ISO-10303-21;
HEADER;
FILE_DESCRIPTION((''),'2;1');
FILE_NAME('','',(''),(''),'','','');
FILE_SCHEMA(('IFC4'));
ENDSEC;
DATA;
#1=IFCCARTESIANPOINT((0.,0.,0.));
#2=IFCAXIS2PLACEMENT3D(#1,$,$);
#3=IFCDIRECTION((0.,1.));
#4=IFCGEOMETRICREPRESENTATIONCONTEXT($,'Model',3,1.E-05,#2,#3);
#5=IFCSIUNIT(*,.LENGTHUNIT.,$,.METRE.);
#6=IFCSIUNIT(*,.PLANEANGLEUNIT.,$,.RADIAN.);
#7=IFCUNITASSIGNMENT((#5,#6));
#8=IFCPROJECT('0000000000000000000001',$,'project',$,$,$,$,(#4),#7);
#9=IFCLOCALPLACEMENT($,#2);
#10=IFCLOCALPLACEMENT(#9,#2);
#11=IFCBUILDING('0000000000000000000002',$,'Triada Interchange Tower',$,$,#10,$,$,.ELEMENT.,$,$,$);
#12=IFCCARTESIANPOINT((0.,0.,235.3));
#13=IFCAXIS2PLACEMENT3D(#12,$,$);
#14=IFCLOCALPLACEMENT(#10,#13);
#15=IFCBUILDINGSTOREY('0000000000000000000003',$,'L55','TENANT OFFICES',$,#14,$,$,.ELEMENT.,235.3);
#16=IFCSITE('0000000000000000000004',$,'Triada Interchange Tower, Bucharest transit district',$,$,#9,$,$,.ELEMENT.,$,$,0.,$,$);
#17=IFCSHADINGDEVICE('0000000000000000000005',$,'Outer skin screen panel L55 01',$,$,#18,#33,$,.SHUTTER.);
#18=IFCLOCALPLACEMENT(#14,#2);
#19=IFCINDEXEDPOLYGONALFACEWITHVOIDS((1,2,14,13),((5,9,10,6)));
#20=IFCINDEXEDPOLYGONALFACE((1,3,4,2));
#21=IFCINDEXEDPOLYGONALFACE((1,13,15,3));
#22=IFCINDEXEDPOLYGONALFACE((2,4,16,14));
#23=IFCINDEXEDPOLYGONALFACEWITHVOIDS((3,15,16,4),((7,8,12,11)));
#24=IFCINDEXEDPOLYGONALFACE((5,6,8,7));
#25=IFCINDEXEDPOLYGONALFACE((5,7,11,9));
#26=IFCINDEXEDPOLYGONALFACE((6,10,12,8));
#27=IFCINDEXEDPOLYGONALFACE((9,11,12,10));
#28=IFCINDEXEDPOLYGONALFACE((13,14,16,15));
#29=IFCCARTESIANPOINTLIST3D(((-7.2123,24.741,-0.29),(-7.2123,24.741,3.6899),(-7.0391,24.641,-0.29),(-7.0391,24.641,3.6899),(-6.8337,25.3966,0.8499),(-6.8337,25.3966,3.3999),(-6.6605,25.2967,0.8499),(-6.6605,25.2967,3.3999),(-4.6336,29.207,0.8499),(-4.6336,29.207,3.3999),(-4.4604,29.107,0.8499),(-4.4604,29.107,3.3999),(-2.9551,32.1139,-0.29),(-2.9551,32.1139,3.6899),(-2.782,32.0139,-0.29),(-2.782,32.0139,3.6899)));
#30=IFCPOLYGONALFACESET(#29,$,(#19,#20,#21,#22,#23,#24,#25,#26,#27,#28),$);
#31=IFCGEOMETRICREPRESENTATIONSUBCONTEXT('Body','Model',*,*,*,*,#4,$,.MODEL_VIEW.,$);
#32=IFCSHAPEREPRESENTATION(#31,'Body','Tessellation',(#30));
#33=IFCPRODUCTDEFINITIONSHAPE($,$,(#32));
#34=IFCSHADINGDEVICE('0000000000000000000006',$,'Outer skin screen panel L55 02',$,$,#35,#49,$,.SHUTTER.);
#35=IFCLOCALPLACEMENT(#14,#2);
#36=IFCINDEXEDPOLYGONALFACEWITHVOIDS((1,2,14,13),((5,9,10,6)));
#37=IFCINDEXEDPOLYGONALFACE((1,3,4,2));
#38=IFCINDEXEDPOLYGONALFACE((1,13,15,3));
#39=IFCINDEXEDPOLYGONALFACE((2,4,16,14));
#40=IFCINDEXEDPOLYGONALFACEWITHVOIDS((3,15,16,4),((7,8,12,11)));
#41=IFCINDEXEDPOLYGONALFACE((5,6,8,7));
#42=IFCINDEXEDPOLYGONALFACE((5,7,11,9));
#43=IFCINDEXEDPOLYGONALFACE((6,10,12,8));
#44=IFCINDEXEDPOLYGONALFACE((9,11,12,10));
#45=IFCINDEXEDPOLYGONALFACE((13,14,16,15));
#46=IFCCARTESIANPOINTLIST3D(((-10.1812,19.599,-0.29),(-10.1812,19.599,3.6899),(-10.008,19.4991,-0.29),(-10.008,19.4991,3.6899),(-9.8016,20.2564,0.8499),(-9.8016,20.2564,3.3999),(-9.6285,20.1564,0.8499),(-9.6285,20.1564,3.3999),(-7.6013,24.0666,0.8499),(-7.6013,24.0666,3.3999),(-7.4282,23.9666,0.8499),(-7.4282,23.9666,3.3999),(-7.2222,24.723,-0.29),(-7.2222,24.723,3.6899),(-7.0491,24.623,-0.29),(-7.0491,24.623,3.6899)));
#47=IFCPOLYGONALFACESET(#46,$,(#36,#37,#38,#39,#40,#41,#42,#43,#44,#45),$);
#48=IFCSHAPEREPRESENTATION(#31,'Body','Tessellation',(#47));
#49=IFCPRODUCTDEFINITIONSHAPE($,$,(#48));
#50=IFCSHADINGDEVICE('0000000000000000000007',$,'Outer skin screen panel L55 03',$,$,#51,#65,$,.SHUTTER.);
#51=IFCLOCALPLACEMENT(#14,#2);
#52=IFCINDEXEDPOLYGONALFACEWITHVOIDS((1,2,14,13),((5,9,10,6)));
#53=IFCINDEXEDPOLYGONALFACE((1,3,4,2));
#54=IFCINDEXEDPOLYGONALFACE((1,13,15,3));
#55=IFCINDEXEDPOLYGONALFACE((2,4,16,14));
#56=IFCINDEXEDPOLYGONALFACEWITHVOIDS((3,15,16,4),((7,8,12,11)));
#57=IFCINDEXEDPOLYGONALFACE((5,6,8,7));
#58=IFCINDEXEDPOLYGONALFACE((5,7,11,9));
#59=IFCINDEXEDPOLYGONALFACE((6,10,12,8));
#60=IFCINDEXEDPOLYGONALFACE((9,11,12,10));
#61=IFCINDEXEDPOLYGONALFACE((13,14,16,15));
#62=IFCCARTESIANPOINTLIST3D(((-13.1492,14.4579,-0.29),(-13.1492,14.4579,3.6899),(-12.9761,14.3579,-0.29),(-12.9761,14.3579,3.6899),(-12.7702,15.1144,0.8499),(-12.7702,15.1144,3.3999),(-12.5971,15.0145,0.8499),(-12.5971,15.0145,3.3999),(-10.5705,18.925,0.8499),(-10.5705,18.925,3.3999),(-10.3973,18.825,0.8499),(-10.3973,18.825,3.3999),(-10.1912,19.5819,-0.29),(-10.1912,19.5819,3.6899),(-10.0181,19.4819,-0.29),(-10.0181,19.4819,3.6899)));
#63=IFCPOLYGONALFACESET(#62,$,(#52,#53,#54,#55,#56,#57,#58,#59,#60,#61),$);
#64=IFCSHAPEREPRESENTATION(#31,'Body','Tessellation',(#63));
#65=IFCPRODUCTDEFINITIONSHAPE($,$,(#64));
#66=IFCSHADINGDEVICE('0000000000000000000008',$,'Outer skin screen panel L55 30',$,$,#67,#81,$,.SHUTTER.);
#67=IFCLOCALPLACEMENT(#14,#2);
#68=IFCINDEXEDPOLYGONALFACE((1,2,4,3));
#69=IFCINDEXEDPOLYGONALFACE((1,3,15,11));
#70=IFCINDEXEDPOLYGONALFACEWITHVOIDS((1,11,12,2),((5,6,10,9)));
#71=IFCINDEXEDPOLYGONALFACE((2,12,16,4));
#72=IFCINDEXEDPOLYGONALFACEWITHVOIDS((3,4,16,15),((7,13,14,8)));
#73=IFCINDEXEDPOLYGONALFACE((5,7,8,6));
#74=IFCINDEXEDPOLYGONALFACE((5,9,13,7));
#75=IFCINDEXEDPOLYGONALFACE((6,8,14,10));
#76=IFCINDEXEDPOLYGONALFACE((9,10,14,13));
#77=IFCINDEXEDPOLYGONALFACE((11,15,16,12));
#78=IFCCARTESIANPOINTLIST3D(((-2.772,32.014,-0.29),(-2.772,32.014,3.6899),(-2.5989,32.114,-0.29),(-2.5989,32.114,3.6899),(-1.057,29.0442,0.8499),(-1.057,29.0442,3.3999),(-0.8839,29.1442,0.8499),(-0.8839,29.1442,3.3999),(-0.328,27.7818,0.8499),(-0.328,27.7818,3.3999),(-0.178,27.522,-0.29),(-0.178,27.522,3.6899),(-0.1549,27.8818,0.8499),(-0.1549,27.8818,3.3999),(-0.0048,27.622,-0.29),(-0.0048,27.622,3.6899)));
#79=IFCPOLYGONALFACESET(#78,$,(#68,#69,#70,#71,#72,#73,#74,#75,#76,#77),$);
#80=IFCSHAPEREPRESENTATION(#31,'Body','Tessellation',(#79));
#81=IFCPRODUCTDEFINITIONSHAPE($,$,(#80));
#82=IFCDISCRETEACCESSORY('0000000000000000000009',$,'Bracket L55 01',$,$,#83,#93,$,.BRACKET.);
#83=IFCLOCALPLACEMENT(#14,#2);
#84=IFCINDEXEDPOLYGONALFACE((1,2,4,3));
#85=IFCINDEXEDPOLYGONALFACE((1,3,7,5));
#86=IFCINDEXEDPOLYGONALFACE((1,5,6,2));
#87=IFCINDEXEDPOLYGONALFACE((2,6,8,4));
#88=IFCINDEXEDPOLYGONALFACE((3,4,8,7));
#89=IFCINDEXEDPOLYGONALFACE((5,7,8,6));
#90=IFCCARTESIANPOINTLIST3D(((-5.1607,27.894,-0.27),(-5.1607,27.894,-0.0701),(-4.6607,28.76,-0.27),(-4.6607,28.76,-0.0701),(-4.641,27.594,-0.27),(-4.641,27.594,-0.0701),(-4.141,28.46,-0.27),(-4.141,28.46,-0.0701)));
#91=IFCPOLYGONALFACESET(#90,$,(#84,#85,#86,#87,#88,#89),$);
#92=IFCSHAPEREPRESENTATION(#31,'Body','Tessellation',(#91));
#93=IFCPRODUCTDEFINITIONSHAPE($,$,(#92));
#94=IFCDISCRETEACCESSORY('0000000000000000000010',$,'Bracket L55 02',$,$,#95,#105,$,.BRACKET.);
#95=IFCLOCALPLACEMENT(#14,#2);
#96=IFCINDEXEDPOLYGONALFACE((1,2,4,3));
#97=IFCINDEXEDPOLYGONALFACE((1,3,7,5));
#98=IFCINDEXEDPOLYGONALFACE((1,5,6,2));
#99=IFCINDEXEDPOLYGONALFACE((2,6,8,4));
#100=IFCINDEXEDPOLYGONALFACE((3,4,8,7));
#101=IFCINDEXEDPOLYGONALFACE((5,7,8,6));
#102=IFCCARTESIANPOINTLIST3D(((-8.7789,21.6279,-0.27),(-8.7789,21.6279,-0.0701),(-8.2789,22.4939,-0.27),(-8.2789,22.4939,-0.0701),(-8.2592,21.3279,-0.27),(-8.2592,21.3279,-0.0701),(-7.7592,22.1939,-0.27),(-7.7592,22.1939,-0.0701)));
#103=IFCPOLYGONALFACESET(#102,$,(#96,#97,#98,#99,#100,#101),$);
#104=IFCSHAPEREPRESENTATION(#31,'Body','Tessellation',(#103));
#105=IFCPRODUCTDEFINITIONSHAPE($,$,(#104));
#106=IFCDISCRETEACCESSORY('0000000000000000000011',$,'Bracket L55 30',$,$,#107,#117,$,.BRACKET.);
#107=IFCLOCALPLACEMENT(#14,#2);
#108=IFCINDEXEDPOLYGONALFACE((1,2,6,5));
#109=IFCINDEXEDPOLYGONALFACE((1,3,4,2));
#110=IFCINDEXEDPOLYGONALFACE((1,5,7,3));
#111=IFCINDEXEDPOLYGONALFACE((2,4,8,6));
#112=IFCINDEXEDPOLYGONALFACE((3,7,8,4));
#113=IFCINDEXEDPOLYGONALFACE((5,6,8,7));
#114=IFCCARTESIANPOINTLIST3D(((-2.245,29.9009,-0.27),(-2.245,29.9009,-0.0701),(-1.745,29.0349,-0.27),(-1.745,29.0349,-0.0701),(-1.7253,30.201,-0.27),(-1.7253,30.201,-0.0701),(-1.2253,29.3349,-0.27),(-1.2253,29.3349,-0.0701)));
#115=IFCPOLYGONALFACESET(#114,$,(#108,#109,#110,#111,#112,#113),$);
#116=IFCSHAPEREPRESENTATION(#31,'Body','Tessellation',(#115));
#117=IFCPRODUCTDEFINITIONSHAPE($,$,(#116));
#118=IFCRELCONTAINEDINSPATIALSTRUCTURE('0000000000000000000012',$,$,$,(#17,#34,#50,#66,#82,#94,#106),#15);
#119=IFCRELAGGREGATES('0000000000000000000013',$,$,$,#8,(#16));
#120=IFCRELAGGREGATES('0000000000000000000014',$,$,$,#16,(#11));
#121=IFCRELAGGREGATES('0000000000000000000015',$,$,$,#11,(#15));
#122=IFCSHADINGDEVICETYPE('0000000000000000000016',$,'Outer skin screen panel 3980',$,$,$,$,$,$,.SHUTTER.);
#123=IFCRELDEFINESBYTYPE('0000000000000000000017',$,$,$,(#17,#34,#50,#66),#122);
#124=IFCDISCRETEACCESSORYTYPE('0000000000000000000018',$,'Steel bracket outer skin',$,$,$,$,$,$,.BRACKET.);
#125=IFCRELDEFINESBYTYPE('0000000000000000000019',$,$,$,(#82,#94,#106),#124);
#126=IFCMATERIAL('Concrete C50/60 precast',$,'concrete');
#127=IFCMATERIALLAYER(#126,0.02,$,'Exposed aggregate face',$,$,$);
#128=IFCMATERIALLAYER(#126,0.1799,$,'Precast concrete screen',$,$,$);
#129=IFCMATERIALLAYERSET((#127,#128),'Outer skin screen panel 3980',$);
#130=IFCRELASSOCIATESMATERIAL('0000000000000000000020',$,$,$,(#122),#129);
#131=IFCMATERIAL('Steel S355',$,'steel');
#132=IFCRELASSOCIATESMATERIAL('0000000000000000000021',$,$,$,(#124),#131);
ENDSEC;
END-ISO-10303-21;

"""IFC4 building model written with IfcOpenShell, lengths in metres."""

from ifc_helpers import new_model, si_unit, direction, frame, origin, origin_2d, place, context, subcontext, project, spatial, polyline, rectangle, outline, extrude, material, layer, layer_set, type_object, element, save


model = new_model("IFC4")

# Units and contexts
model_context = context("Model", 3, precision=1e-05, world=origin(), true_north=direction((0.0, 1.0)))
body_context = subcontext(model_context, "Body", "Model", "MODEL_VIEW")
ifc_project = project(units=[si_unit("LENGTHUNIT", "METRE"), si_unit("PLANEANGLEUNIT", "RADIAN")], contexts=[model_context])

# Site, building, storey
site_placement = place(None, origin())
site = spatial("IfcSite", under=ifc_project, at=site_placement, Name="Triada Interchange Tower, Bucharest transit district", CompositionType="ELEMENT", RefElevation=0.0)
building_placement = place(site_placement, origin())
building = spatial("IfcBuilding", under=site, at=building_placement, Name="Triada Interchange Tower", CompositionType="ELEMENT")
storey_placement = place(building_placement, frame((0.0, 0.0, 235.3)))
storey = spatial("IfcBuildingStorey", under=building, at=storey_placement, Name="L55", Description="TENANT OFFICES", CompositionType="ELEMENT", Elevation=235.3)

# Shading devices
ifc_material_1 = material(Name="Concrete C50/60 precast", Category="concrete")
ifc_layer_1 = layer(ifc_material_1, 0.02, Name="Exposed aggregate face")
ifc_layer_2 = layer(ifc_material_1, 0.1799, Name="Precast concrete screen")
ifc_layer_set_1 = layer_set([ifc_layer_1, ifc_layer_2], Name="Outer skin screen panel 3980")
shading_device_type = type_object("IfcShadingDeviceType", Name="Outer skin screen panel 3980", PredefinedType="SHUTTER", material=ifc_layer_set_1)
shading_device_1_placement = place(storey_placement, frame((-2.782, 32.0139, -0.29), z_axis=(0.0, 0.0, 1.0), x_axis=(-0.500034, -0.866006, 0.0)))
element("IfcShadingDevice", 1, at=shading_device_1_placement, inside=storey, type_object=shading_device_type, Name="Outer skin screen panel L55 01", PredefinedType="SHUTTER", context=body_context, shape_type="SweptSolid", body=[
    extrude(outline(polyline([(0.0, 0.0), (8.5137, 0.0), (8.5137, 3.98), (0.0, 3.98), (0.0, 0.0)]), holes=[polyline([(3.3567, 1.1399), (3.3567, 3.6899), (7.7566, 3.6899), (7.7566, 1.1399), (3.3567, 1.1399)])]), frame((0.0, 0.0, 0.0), z_axis=(0.0, -1.0, 0.0), x_axis=(1.0, 0.0, 0.0)), (0.0, 0.0, 1.0), 0.2),
])
shading_device_2_placement = place(storey_placement, frame((-7.0491, 24.623, -0.29), z_axis=(0.0, 0.0, 1.0), x_axis=(-0.50008, -0.865979, 0.0)))
element("IfcShadingDevice", 2, at=shading_device_2_placement, inside=storey, type_object=shading_device_type, Name="Outer skin screen panel L55 02", PredefinedType="SHUTTER", context=body_context, shape_type="SweptSolid", body=[
    extrude(outline(polyline([(0.0, 0.0), (5.917, 0.0), (5.917, 3.98), (0.0, 3.98), (0.0, 0.0)]), holes=[polyline([(0.7581, 1.1399), (0.7581, 3.6899), (5.158, 3.6899), (5.158, 1.1399), (0.7581, 1.1399)])]), frame((0.0, 0.0, 0.0), z_axis=(0.0, -1.0, 0.0), x_axis=(1.0, 0.0, 0.0)), (0.0, 0.0, 1.0), 0.2),
])
shading_device_3_placement = place(storey_placement, frame((-10.0181, 19.4819, -0.29), z_axis=(0.0, 0.0, 1.0), x_axis=(-0.499956, -0.866051, 0.0)))
element("IfcShadingDevice", 3, at=shading_device_3_placement, inside=storey, type_object=shading_device_type, Name="Outer skin screen panel L55 03", PredefinedType="SHUTTER", context=body_context, shape_type="SweptSolid", body=[
    extrude(outline(polyline([(0.0, 0.0), (5.9165, 0.0), (5.9165, 3.98), (0.0, 3.98), (0.0, 0.0)]), holes=[polyline([(0.7585, 1.1399), (0.7585, 3.6899), (5.1584, 3.6899), (5.1584, 1.1399), (0.7585, 1.1399)])]), frame((0.0, 0.0, 0.0), z_axis=(0.0, -1.0, 0.0), x_axis=(1.0, 0.0, 0.0)), (0.0, 0.0, 1.0), 0.2),
])
shading_device_4_placement = place(storey_placement, frame((-0.178, 27.522, -0.29), z_axis=(0.0, 0.0, 1.0), x_axis=(-0.500082, 0.865978, 0.0)))
element("IfcShadingDevice", 4, at=shading_device_4_placement, inside=storey, type_object=shading_device_type, Name="Outer skin screen panel L55 30", PredefinedType="SHUTTER", context=body_context, shape_type="SweptSolid", body=[
    extrude(outline(polyline([(0.0, 0.0), (5.1873, 0.0), (5.1873, 3.98), (0.0, 3.98), (0.0, 0.0)]), holes=[polyline([(0.3, 1.1399), (0.3, 3.6899), (1.7578, 3.6899), (1.7578, 1.1399), (0.3, 1.1399)])]), frame((0.0, 0.0, 0.0), z_axis=(0.0, -1.0, 0.0), x_axis=(1.0, 0.0, 0.0)), (0.0, 0.0, 1.0), 0.2),
])

# Discrete accessories
ifc_material_2 = material(Name="Steel S355", Category="steel")
discrete_accessory_type = type_object("IfcDiscreteAccessoryType", Name="Steel bracket outer skin", PredefinedType="BRACKET", material=ifc_material_2)
for number, where, z_axis, x_axis, name in (
    (5, (-4.6509, 28.177, -0.27), (0.0, 0.0, 1.0), (-0.866014, 0.500019, 0.0), "Bracket L55 01"),
    (6, (-8.269, 21.9109, -0.27), (0.0, 0.0, 1.0), (-0.866014, 0.500019, 0.0), "Bracket L55 02"),
    (7, (-1.7351, 29.6179, -0.27), (0.0, 0.0, 1.0), (0.86603, 0.499993, 0.0), "Bracket L55 30"),
):
    element("IfcDiscreteAccessory", number, at=place(storey_placement, frame(where, z_axis=z_axis, x_axis=x_axis)), inside=storey, type_object=discrete_accessory_type, Name=name, PredefinedType="BRACKET", context=body_context, shape_type="SweptSolid", body=[
        extrude(rectangle(XDim=0.6001, YDim=1.0, at=origin_2d()), origin(), (0.0, 0.0, 1.0), 0.2),
    ])

save(model, "model.ifc")
